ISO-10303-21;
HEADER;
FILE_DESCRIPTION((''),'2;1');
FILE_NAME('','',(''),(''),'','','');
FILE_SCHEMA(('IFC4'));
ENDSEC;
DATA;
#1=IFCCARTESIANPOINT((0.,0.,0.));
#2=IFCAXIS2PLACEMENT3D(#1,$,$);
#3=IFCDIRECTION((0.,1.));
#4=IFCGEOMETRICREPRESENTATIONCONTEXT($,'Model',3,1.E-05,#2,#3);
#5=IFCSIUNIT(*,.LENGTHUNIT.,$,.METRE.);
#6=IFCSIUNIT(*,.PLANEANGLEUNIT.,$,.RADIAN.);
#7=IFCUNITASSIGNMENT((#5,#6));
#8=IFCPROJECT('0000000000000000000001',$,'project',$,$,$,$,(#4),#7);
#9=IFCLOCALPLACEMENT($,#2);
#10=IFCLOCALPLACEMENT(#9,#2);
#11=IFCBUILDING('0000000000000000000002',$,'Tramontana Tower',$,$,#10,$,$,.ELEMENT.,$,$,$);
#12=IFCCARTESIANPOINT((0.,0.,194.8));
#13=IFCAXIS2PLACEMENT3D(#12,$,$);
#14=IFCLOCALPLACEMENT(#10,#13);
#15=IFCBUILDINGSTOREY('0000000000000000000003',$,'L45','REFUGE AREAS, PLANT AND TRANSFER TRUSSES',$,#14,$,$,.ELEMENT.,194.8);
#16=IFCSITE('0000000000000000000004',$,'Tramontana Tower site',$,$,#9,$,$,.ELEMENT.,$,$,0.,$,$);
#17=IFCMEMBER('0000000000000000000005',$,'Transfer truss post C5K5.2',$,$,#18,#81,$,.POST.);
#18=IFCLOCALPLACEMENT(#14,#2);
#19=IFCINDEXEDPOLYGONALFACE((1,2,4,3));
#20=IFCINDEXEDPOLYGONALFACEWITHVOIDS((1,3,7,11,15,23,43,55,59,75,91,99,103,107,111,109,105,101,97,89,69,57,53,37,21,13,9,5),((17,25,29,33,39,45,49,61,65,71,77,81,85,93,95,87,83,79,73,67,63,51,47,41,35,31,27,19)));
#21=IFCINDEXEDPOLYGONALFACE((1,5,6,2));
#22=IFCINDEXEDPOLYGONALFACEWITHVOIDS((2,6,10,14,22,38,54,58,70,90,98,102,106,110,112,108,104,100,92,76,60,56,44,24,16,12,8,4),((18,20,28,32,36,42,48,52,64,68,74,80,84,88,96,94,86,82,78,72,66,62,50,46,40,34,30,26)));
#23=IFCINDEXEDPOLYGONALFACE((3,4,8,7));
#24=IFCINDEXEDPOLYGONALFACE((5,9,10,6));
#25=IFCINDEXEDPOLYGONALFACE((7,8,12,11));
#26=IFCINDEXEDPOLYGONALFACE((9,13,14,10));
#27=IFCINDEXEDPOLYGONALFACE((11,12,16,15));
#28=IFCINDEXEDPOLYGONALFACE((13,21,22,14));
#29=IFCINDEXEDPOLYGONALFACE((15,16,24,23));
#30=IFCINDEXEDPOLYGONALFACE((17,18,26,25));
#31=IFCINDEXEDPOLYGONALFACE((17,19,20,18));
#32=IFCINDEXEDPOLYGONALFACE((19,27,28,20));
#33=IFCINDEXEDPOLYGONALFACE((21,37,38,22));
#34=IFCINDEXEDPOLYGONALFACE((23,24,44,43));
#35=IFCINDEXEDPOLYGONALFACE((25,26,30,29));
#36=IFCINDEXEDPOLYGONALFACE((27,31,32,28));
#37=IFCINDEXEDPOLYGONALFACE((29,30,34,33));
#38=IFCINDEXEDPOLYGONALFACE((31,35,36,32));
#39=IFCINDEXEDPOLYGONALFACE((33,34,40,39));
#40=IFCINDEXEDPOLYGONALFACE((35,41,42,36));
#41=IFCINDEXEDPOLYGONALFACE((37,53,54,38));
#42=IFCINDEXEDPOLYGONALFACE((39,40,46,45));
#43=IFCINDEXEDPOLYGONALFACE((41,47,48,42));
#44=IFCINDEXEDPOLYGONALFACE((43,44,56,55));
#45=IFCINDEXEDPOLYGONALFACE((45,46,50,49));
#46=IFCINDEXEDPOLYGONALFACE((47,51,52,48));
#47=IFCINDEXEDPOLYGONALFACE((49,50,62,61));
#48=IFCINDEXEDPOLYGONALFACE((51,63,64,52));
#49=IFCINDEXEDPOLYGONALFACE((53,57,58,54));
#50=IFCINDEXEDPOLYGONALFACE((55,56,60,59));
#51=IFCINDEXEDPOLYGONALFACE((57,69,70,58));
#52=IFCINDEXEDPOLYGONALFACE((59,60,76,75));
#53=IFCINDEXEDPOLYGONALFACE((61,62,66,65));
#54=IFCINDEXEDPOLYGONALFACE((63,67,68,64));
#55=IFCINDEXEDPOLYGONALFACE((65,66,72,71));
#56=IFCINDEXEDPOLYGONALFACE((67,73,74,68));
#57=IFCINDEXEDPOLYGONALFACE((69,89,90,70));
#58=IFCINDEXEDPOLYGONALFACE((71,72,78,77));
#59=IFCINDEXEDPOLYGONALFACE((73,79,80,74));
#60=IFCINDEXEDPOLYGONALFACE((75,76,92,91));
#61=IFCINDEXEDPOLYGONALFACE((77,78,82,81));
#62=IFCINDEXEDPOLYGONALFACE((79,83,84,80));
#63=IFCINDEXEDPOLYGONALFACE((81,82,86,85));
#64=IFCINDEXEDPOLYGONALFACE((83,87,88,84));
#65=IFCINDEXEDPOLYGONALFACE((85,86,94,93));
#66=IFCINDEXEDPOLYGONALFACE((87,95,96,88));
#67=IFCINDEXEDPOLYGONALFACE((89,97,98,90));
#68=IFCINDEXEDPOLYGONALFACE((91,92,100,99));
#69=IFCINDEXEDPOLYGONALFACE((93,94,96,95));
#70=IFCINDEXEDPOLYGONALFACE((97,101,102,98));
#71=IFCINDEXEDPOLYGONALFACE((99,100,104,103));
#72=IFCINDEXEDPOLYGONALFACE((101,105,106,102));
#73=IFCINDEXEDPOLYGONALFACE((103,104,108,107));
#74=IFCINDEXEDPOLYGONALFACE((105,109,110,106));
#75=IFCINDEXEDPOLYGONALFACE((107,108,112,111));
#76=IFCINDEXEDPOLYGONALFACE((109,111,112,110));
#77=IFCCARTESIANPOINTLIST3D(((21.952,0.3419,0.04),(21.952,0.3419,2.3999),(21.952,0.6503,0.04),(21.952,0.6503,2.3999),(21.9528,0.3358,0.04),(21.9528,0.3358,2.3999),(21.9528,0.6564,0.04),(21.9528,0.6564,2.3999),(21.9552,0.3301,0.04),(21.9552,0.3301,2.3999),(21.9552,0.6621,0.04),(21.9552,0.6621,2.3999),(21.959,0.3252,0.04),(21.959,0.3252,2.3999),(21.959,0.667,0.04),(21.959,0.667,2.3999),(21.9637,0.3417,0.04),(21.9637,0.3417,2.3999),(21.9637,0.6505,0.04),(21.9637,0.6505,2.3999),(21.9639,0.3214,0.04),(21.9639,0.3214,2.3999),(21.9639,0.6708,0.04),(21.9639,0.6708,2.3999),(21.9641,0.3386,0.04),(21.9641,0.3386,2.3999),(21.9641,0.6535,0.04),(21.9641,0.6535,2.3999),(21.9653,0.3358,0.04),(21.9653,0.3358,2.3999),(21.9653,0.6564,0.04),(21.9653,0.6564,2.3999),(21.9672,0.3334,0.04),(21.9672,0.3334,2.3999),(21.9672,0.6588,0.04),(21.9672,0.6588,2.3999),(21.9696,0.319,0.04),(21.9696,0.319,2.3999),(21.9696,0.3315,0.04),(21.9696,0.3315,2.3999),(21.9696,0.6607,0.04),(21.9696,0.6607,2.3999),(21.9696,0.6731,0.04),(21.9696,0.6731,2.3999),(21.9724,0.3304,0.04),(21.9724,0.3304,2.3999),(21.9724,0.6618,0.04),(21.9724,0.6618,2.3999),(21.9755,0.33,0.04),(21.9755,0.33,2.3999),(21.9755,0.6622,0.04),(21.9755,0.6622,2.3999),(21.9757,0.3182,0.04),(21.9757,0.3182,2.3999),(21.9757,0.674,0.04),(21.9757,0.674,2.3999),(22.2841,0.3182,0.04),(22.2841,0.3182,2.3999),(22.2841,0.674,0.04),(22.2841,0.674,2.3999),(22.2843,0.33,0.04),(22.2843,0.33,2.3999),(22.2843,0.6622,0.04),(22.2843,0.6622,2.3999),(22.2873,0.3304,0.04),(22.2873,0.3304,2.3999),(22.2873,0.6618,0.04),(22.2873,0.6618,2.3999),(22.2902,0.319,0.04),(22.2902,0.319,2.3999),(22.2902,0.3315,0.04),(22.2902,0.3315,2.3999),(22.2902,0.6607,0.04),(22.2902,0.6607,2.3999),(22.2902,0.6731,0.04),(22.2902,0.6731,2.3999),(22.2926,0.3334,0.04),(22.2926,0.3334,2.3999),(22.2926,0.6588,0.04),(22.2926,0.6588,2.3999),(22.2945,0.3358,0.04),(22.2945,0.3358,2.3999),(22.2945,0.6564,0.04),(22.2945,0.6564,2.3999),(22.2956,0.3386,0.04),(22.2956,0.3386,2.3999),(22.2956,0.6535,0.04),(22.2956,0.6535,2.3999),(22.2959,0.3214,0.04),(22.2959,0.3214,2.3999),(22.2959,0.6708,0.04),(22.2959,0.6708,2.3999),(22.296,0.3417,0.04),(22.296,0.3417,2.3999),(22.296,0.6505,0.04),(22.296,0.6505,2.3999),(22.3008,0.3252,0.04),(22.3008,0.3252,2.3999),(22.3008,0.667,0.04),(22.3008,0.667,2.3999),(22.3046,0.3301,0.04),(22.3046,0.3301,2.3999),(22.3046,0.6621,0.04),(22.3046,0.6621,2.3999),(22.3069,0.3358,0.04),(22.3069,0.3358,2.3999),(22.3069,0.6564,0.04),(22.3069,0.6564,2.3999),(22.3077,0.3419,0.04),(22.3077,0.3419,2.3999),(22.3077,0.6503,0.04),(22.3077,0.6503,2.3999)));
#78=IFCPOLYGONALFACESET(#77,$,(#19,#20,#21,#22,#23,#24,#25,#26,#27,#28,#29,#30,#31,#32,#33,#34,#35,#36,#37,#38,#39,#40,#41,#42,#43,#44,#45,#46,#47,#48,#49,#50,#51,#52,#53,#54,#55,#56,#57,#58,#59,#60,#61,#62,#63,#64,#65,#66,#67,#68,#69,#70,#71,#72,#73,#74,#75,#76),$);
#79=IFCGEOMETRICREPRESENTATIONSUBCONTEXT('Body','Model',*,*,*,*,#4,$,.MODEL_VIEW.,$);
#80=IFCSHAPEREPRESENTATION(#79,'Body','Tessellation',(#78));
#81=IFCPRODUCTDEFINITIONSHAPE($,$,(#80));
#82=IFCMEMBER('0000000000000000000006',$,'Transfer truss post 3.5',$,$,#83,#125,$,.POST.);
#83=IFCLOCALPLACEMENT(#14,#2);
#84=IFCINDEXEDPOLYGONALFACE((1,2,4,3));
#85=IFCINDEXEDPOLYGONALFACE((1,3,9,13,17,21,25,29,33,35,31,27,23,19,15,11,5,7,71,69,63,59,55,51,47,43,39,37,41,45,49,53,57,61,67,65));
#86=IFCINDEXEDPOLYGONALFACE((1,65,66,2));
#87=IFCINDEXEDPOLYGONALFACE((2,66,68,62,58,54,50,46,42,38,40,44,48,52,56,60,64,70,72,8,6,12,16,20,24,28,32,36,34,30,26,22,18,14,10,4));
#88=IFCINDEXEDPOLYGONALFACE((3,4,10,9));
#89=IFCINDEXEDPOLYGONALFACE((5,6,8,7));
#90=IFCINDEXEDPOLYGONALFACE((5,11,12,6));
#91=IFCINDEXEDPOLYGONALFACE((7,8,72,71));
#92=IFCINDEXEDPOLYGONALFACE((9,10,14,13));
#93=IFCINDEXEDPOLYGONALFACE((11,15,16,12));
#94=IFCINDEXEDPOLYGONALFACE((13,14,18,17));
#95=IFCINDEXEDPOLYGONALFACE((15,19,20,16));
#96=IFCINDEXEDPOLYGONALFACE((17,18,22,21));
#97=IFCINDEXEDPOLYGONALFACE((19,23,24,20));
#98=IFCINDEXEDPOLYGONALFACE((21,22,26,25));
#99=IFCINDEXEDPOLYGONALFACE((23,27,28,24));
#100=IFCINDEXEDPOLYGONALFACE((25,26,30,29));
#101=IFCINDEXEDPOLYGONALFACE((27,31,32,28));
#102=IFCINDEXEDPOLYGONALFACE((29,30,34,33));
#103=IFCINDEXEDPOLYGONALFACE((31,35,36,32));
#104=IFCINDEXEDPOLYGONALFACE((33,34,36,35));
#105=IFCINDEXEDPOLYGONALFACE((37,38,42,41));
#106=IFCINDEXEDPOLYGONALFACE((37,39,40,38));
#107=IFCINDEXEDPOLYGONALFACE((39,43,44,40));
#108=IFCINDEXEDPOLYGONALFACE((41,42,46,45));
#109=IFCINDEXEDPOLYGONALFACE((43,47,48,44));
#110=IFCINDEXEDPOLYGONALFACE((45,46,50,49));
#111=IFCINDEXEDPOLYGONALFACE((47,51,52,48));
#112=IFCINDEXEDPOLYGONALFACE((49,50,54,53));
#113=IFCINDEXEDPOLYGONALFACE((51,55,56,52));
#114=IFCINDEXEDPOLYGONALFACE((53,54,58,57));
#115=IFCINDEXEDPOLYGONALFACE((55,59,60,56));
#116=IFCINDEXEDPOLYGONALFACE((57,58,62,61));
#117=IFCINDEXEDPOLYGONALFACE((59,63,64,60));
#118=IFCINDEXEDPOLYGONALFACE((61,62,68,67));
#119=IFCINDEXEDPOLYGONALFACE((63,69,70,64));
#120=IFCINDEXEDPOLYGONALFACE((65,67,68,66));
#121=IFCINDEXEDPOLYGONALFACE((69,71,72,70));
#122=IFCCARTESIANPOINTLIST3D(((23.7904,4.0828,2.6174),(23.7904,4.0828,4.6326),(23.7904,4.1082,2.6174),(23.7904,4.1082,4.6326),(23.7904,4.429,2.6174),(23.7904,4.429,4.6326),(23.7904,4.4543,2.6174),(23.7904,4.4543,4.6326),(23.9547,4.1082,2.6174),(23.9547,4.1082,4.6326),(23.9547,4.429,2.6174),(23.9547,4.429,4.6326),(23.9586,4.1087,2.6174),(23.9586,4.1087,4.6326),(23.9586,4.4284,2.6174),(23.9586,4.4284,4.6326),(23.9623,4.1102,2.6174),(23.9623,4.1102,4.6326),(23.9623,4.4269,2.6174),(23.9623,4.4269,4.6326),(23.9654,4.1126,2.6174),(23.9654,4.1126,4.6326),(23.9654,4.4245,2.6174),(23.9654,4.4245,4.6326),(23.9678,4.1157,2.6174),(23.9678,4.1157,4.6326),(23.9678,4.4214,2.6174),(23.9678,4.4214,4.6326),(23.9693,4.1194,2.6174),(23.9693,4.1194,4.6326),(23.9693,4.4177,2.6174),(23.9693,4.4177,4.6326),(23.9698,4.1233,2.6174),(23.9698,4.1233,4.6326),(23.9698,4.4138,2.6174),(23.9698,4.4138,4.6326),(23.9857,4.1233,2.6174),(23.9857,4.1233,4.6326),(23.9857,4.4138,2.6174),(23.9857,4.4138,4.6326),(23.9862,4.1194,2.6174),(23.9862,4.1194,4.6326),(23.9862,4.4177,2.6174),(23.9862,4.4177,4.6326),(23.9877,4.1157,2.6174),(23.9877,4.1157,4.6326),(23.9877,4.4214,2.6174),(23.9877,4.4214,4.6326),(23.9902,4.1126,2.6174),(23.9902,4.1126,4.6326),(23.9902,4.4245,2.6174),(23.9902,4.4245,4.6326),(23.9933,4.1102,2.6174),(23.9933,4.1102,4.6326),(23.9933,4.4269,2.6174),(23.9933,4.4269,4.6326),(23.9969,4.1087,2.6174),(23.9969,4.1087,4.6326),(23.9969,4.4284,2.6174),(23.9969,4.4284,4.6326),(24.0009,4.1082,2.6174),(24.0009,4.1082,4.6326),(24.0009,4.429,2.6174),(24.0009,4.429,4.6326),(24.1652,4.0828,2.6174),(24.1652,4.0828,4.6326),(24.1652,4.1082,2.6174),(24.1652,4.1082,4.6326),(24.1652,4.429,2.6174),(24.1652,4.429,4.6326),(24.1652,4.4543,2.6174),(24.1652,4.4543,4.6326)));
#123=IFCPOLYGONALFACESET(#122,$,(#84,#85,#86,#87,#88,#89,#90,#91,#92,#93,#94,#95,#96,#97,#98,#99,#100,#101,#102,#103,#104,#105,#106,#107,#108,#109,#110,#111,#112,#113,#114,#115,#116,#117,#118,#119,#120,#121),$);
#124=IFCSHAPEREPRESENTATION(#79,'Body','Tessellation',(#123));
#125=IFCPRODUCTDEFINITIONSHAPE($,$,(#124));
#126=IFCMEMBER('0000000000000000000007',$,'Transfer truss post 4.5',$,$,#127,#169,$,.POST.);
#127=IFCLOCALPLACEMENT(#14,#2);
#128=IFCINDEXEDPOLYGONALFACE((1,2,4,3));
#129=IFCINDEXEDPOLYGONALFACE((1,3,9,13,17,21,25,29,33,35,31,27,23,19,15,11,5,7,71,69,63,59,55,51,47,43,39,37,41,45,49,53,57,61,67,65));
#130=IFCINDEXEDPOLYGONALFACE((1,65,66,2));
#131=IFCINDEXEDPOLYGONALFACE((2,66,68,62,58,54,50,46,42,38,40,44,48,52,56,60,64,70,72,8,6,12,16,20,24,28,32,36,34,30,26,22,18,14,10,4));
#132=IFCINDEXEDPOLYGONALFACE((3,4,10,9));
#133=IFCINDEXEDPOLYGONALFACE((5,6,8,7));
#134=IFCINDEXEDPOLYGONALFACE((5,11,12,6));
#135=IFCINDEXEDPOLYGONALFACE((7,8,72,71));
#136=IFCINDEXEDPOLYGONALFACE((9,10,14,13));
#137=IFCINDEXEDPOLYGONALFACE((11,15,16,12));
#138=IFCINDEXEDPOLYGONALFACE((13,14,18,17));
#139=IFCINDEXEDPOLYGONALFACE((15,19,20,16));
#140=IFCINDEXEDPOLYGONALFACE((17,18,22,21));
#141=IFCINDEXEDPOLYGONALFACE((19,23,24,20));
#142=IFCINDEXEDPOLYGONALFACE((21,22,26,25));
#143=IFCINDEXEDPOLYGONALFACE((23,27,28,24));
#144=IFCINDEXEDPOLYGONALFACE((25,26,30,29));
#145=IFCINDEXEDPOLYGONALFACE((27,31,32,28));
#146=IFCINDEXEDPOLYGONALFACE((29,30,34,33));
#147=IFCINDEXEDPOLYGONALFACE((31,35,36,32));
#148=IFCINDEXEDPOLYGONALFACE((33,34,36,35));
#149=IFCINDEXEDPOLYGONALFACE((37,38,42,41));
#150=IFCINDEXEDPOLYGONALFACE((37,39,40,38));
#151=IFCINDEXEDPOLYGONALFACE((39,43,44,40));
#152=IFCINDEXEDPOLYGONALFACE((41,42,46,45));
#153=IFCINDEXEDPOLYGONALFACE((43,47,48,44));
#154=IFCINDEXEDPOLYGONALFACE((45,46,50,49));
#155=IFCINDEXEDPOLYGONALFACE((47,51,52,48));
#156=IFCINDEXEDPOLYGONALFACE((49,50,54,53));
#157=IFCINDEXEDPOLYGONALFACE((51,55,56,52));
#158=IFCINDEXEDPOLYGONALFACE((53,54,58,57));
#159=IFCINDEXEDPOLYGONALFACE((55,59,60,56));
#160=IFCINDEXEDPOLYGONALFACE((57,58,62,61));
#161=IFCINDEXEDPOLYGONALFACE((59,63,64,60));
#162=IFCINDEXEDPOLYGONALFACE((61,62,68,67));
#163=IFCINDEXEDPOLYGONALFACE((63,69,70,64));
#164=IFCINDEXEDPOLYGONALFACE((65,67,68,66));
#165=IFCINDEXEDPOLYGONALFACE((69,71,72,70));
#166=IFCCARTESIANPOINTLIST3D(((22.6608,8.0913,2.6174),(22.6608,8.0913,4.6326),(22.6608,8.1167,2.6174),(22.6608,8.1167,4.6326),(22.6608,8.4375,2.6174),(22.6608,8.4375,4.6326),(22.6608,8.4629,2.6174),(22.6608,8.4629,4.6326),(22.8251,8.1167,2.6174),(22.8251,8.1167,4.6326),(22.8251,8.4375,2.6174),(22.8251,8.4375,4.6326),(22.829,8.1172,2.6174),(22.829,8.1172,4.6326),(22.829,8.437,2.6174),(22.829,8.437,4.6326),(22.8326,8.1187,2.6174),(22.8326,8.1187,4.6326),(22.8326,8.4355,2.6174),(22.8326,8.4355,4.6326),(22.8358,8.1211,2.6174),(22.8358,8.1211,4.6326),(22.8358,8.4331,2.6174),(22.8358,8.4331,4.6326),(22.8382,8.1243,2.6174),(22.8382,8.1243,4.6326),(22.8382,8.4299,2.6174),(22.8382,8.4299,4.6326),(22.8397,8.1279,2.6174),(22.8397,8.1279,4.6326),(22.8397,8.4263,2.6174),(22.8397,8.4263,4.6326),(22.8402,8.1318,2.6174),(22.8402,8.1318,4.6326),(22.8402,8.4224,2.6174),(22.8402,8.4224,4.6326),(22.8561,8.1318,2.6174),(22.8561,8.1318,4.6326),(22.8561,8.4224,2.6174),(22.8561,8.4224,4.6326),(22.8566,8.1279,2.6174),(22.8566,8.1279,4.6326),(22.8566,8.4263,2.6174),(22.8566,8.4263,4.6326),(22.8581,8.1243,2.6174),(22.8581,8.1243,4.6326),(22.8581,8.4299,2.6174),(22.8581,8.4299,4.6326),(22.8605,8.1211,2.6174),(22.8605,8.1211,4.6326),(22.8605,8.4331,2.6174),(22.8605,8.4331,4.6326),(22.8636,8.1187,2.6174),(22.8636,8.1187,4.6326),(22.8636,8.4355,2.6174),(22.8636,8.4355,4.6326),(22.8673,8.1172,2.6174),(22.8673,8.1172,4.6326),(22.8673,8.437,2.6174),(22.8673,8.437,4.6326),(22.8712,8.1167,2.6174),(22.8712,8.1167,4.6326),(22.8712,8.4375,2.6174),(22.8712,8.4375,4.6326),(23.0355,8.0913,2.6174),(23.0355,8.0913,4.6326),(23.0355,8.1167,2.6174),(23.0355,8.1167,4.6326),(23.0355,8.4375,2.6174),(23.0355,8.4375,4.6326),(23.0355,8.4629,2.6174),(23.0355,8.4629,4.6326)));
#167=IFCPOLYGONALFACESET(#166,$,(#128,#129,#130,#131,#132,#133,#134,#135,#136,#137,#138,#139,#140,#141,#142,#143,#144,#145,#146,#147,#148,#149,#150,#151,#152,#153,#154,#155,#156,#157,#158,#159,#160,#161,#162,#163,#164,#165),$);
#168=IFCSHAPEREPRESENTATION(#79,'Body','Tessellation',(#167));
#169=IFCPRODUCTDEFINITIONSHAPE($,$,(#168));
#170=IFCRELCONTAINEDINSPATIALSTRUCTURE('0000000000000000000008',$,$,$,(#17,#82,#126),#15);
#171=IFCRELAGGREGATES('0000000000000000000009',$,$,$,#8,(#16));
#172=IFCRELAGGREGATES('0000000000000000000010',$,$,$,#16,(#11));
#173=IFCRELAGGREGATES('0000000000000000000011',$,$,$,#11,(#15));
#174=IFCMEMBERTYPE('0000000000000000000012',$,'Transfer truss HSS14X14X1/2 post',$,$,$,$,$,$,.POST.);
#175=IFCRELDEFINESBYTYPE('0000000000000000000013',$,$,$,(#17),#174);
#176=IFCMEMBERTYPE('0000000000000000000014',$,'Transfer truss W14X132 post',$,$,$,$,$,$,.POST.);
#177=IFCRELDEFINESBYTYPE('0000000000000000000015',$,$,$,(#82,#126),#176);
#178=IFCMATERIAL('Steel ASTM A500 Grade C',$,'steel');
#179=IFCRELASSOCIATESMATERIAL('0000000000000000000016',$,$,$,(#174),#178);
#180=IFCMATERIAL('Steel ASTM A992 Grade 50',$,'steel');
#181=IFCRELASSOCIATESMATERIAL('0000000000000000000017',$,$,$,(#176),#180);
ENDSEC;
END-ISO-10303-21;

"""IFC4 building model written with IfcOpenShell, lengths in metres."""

from ifc_helpers import new_model, si_unit, direction, frame, origin, origin_2d, place, context, subcontext, project, spatial, hollow_rectangle, i_section, extrude, material, material_profile, profile_set, type_object, element, save


model = new_model("IFC4")

# Units and contexts
model_context = context("Model", 3, precision=1e-05, world=origin(), true_north=direction((0.0, 1.0)))
body_context = subcontext(model_context, "Body", "Model", "MODEL_VIEW")
ifc_project = project(units=[si_unit("LENGTHUNIT", "METRE"), si_unit("PLANEANGLEUNIT", "RADIAN")], contexts=[model_context])

# Site, building, storey
site_placement = place(None, origin())
site = spatial("IfcSite", under=ifc_project, at=site_placement, Name="Tramontana Tower site", CompositionType="ELEMENT", RefElevation=0.0)
building_placement = place(site_placement, origin())
building = spatial("IfcBuilding", under=site, at=building_placement, Name="Tramontana Tower", CompositionType="ELEMENT")
storey_placement = place(building_placement, frame((0.0, 0.0, 194.8)))
storey = spatial("IfcBuildingStorey", under=building, at=storey_placement, Name="L45", Description="REFUGE AREAS, PLANT AND TRANSFER TRUSSES", CompositionType="ELEMENT", Elevation=194.8)

# Members
ifc_material_1 = material(Name="Steel ASTM A500 Grade C", Category="steel")
ifc_material_profile_1 = material_profile(ifc_material_1, hollow_rectangle(XDim=0.3557, YDim=0.3557, WallThickness=0.0117, InnerFilletRadius=0.0117, OuterFilletRadius=0.0237, at=origin_2d()), Name="HSS14X14X1/2")
ifc_profile_set_1 = profile_set([ifc_material_profile_1], Name="Steel ASTM A500 Grade C")
member_type_1 = type_object("IfcMemberType", Name="Transfer truss HSS14X14X1/2 post", PredefinedType="POST", material=ifc_profile_set_1)
for number, where, z_axis, x_axis, name in (
    (1, (22.1299, 0.4961, 0.04), (0.0, 0.0, 1.0), (1.0, 0.0, 0.0), "Transfer truss post C5K5.2"),
):
    element("IfcMember", number, at=place(storey_placement, frame(where, z_axis=z_axis, x_axis=x_axis)), inside=storey, type_object=member_type_1, Name=name, PredefinedType="POST", context=body_context, shape_type="SweptSolid", body=[
        extrude(hollow_rectangle(XDim=0.3557, YDim=0.3557, WallThickness=0.0117, InnerFilletRadius=0.0117, OuterFilletRadius=0.0237, at=origin_2d()), origin(), (0.0, 0.0, 1.0), 2.3599),
    ])
ifc_material_2 = material(Name="Steel ASTM A992 Grade 50", Category="steel")
ifc_material_profile_2 = material_profile(ifc_material_2, i_section(OverallWidth=0.3748, OverallDepth=0.3716, WebThickness=0.0159, FlangeThickness=0.0254, FilletRadius=0.0151, at=origin_2d()), Name="W14X132")
ifc_profile_set_2 = profile_set([ifc_material_profile_2], Name="Steel ASTM A992 Grade 50")
member_type_2 = type_object("IfcMemberType", Name="Transfer truss W14X132 post", PredefinedType="POST", material=ifc_profile_set_2)
for number, where, z_axis, x_axis, name in (
    (2, (23.9778, 4.2686, 2.6174), (0.0, 0.0, 1.0), (1.0, 0.0, 0.0), "Transfer truss post 3.5"),
    (3, (22.8481, 8.2771, 2.6174), (0.0, 0.0, 1.0), (1.0, 0.0, 0.0), "Transfer truss post 4.5"),
):
    element("IfcMember", number, at=place(storey_placement, frame(where, z_axis=z_axis, x_axis=x_axis)), inside=storey, type_object=member_type_2, Name=name, PredefinedType="POST", context=body_context, shape_type="SweptSolid", body=[
        extrude(i_section(OverallWidth=0.3748, OverallDepth=0.3716, WebThickness=0.0159, FlangeThickness=0.0254, FilletRadius=0.0151, at=origin_2d()), origin(), (0.0, 0.0, 1.0), 2.0151),
    ])

save(model, "model.ifc")
